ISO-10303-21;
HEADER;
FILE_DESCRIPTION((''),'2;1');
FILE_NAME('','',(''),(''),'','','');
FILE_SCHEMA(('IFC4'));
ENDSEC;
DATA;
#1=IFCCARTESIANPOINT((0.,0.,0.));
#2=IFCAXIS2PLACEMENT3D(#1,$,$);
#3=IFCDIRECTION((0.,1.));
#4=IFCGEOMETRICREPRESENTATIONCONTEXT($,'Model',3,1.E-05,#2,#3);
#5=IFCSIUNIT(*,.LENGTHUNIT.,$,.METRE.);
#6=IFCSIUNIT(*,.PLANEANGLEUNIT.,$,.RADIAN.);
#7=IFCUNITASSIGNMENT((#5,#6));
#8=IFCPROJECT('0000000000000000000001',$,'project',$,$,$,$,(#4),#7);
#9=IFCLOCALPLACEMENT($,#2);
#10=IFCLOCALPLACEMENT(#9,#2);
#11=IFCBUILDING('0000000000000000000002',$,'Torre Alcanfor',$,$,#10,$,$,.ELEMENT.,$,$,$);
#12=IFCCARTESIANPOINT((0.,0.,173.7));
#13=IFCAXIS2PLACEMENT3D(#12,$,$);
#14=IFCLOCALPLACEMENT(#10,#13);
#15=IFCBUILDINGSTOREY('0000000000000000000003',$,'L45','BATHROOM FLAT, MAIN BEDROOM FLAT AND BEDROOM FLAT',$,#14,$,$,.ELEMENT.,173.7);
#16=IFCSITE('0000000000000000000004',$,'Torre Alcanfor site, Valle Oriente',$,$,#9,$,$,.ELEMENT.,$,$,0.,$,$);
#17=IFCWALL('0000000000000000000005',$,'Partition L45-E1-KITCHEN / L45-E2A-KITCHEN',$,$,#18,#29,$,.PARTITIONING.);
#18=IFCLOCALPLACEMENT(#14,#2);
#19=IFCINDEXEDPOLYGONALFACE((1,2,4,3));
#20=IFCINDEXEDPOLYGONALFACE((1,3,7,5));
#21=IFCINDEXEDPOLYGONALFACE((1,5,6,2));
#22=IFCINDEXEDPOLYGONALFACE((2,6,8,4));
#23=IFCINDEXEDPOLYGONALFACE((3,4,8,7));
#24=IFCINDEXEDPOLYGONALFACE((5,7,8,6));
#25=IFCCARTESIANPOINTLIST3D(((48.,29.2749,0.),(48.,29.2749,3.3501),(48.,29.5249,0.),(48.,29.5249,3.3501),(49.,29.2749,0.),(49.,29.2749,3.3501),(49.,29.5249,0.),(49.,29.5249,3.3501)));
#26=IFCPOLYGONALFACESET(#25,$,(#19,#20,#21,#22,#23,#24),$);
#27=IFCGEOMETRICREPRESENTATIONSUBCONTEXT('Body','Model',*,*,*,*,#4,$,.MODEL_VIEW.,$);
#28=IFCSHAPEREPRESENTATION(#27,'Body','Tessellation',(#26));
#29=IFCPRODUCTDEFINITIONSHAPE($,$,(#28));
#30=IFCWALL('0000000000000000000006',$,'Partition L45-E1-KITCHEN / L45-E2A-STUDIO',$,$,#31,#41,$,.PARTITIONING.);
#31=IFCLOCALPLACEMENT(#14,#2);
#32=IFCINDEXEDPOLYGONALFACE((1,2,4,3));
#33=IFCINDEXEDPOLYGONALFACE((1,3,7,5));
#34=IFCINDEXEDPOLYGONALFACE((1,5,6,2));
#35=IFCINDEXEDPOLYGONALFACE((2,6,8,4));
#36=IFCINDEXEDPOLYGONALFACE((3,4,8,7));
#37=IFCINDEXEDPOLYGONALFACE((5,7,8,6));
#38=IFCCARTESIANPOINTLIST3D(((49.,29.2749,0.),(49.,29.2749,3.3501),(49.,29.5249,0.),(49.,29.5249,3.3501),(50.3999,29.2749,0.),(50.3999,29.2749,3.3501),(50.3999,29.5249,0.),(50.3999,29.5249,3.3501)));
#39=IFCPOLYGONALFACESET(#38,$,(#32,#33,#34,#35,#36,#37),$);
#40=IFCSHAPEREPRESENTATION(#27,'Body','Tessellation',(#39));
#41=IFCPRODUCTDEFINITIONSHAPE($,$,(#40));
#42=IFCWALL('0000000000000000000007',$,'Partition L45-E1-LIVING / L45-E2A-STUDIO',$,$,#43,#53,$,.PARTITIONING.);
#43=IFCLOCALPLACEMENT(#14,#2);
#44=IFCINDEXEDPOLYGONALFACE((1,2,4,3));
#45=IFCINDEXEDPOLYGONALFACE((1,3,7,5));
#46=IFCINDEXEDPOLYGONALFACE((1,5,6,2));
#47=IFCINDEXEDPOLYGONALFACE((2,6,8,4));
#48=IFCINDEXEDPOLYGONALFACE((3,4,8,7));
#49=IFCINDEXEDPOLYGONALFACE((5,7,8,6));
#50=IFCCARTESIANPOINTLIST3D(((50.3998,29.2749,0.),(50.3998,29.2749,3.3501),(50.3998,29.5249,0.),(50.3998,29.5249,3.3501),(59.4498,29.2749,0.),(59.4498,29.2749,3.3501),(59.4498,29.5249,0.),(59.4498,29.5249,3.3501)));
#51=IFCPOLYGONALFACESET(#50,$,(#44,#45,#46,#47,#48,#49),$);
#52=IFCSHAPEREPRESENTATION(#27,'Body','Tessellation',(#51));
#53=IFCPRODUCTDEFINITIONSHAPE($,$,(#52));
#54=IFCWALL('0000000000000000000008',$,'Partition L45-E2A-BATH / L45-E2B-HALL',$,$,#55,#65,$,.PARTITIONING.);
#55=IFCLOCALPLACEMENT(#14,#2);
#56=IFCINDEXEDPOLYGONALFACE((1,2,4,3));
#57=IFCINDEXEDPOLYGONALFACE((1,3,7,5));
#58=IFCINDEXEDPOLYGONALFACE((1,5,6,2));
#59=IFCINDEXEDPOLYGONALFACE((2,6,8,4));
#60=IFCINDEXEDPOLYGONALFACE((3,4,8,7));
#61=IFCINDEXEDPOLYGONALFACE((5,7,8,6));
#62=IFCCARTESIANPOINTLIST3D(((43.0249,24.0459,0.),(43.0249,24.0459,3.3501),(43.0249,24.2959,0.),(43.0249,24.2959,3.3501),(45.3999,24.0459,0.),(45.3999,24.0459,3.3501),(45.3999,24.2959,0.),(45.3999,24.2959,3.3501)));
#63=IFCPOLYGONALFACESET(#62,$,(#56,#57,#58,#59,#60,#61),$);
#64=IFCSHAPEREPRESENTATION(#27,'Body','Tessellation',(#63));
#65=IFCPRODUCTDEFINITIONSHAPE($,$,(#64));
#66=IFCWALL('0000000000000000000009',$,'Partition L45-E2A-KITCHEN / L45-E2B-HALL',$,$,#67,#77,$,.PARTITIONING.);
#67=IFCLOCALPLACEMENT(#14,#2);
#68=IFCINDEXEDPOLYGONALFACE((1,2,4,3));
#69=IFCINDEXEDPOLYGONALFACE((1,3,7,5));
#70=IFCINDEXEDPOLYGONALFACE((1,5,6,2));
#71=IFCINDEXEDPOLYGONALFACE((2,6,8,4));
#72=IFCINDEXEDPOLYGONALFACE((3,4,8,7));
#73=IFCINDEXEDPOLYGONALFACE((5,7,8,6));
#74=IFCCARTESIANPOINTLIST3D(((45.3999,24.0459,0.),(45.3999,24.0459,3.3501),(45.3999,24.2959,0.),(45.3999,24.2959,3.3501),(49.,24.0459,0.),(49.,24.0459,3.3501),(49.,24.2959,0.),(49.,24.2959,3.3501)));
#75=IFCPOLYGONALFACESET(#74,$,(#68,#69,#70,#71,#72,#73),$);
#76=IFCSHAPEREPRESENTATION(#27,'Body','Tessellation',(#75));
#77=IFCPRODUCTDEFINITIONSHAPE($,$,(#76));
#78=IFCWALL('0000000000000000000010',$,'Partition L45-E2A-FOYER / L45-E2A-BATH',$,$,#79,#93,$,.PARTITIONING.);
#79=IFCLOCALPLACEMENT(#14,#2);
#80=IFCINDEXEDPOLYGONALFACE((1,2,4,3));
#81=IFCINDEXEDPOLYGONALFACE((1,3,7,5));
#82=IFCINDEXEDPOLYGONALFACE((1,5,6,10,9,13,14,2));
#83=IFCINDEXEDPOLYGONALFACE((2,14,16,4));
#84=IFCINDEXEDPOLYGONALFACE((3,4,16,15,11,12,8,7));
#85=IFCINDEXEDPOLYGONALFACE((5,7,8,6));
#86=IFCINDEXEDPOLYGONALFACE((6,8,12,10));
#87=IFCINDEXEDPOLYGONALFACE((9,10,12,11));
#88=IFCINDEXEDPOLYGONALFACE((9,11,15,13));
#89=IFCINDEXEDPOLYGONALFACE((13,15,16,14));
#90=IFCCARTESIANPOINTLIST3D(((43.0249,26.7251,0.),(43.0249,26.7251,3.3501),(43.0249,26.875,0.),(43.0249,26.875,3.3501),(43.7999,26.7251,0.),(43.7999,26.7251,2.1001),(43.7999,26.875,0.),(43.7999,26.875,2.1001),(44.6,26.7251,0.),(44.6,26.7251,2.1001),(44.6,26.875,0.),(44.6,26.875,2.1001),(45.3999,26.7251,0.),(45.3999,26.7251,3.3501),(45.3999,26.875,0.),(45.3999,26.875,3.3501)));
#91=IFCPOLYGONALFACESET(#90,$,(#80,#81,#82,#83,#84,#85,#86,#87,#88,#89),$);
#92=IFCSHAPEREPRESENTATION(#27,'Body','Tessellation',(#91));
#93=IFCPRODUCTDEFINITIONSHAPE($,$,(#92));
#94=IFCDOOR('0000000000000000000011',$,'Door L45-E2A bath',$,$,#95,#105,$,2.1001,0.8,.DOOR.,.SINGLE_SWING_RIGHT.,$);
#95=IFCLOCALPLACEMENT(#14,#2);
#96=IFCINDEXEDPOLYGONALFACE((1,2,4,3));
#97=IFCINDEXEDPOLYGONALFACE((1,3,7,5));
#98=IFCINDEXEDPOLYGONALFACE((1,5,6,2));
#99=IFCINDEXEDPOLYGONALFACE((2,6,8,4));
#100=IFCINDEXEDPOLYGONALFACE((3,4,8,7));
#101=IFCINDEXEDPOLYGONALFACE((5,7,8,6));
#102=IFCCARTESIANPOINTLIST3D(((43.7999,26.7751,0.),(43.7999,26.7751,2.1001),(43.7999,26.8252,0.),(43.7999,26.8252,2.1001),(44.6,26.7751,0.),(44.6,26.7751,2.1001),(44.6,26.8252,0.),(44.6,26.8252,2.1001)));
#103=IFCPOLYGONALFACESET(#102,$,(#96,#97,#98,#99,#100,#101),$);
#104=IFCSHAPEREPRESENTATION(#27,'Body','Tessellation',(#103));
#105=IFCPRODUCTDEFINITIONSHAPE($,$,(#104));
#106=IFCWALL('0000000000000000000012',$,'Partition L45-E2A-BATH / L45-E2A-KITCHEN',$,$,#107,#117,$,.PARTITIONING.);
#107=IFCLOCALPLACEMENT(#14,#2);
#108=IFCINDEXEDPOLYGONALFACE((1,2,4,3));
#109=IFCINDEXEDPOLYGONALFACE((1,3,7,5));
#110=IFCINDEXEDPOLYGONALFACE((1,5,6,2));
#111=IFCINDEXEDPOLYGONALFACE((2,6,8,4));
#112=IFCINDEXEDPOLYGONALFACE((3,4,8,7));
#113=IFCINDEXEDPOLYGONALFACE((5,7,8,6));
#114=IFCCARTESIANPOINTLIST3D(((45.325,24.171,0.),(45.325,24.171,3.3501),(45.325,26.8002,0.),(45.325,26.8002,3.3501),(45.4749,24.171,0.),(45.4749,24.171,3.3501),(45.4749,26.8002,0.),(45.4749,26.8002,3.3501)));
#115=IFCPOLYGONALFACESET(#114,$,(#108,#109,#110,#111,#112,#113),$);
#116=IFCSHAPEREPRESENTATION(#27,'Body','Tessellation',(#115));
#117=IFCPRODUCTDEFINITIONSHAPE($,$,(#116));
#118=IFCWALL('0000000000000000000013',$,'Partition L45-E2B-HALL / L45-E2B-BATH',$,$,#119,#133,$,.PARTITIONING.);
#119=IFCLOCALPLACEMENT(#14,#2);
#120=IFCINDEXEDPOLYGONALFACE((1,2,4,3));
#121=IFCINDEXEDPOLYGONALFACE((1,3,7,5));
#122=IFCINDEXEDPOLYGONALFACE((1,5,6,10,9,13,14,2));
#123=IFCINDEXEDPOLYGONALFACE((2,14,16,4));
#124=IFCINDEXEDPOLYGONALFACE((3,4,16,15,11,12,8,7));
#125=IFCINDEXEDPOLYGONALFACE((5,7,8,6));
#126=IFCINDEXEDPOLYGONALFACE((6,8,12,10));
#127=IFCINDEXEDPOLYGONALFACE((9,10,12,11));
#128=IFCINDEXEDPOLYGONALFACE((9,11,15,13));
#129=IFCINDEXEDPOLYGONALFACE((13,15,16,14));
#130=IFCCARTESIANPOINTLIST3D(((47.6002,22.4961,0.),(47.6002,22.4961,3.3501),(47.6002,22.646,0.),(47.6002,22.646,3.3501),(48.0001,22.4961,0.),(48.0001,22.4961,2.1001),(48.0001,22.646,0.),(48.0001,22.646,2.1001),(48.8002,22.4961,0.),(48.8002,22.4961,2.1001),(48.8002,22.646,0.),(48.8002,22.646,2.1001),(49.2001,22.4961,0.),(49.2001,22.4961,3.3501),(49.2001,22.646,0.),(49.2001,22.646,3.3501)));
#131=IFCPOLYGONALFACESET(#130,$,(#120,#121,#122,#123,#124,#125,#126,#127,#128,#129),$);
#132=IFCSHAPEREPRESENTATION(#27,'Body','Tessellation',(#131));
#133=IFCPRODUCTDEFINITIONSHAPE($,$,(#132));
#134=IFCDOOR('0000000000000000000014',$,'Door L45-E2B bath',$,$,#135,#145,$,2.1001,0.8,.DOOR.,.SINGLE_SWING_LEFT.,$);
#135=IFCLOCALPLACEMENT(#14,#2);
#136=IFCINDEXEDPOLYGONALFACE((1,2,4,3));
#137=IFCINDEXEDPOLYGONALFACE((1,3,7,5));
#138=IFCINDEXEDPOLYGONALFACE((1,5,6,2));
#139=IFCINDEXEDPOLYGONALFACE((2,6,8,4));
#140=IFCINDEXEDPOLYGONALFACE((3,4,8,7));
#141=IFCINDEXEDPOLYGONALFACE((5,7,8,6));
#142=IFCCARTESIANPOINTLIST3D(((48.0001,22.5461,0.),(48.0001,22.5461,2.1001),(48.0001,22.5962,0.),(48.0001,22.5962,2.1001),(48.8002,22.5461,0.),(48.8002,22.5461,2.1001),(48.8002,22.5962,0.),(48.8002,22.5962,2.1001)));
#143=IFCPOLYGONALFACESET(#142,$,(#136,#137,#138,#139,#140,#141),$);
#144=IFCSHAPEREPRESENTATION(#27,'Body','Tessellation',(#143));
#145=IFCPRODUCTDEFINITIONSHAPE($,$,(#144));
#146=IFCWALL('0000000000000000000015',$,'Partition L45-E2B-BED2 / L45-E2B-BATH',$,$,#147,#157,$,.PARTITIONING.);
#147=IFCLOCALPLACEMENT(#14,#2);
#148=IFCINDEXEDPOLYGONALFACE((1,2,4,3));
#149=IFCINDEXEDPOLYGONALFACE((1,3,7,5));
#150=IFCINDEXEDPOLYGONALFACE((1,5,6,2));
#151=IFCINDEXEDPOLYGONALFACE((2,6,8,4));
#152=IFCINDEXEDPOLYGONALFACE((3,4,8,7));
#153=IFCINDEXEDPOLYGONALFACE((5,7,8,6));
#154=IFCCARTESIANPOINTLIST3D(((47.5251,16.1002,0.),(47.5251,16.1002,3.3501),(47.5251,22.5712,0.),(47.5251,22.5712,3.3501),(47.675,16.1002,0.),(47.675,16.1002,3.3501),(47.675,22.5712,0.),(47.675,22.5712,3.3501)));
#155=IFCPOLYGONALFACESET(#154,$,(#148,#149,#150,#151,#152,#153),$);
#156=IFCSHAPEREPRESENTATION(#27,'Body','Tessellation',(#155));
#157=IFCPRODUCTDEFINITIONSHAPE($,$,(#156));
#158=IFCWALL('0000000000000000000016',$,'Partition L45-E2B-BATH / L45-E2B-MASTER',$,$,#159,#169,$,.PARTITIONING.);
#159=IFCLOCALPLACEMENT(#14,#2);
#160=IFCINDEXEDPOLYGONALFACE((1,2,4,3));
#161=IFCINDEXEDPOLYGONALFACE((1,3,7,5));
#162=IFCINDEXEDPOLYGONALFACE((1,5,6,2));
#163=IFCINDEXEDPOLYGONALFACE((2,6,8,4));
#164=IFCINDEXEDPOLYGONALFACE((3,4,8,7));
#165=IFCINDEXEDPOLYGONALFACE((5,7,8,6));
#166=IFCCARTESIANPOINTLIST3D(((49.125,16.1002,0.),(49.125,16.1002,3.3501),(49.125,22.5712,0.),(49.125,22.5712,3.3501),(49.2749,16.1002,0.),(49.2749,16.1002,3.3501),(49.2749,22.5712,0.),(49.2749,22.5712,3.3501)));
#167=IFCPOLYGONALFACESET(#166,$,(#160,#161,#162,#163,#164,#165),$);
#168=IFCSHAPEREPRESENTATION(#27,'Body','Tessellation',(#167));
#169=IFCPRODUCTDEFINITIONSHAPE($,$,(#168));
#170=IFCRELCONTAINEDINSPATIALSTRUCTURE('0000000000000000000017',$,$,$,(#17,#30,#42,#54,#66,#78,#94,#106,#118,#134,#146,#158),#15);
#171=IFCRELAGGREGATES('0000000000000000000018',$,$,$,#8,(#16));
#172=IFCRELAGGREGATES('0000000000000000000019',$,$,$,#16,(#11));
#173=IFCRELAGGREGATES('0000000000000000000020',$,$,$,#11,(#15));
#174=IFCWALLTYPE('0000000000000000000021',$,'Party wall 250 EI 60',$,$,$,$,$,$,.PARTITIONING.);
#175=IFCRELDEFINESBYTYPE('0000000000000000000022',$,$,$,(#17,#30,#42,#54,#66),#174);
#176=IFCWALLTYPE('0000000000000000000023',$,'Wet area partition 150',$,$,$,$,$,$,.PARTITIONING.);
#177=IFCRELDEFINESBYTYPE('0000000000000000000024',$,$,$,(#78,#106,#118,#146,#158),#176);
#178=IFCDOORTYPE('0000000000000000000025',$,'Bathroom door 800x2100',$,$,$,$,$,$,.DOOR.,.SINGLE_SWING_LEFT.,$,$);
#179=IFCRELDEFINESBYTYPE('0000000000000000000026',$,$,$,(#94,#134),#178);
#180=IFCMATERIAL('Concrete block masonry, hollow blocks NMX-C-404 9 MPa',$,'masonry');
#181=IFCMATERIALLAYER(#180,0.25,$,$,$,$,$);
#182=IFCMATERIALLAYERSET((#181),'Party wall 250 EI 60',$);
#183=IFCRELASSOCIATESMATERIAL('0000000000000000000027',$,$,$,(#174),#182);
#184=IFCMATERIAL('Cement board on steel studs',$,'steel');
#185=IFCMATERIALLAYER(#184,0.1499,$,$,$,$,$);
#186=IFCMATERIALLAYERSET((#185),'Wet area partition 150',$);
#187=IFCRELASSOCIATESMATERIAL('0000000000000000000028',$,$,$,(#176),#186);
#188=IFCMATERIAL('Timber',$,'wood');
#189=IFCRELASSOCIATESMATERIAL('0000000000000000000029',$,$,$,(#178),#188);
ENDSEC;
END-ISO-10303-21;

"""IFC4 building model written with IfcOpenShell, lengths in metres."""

from ifc_helpers import new_model, si_unit, direction, frame, frame_2d, origin, place, context, subcontext, project, spatial, rectangle, extrude, material, layer, layer_set, type_object, element, fill, save


model = new_model("IFC4")

# Units and contexts
model_context = context("Model", 3, precision=1e-05, world=origin(), true_north=direction((0.0, 1.0)))
body_context = subcontext(model_context, "Body", "Model", "MODEL_VIEW")
ifc_project = project(units=[si_unit("LENGTHUNIT", "METRE"), si_unit("PLANEANGLEUNIT", "RADIAN")], contexts=[model_context])

# Site, building, storey
site_placement = place(None, origin())
site = spatial("IfcSite", under=ifc_project, at=site_placement, Name="Torre Alcanfor site, Valle Oriente", CompositionType="ELEMENT", RefElevation=0.0)
building_placement = place(site_placement, origin())
building = spatial("IfcBuilding", under=site, at=building_placement, Name="Torre Alcanfor", CompositionType="ELEMENT")
storey_placement = place(building_placement, frame((0.0, 0.0, 173.7)))
storey = spatial("IfcBuildingStorey", under=building, at=storey_placement, Name="L45", Description="BATHROOM FLAT, MAIN BEDROOM FLAT AND BEDROOM FLAT", CompositionType="ELEMENT", Elevation=173.7)

# Walls
ifc_material_1 = material(Name="Concrete block masonry, hollow blocks NMX-C-404 9 MPa", Category="masonry")
ifc_layer_1 = layer(ifc_material_1, 0.25)
ifc_layer_set_1 = layer_set([ifc_layer_1], Name="Party wall 250 EI 60")
wall_type_1 = type_object("IfcWallType", Name="Party wall 250 EI 60", PredefinedType="PARTITIONING", material=ifc_layer_set_1)
wall_1_placement = place(storey_placement, frame((48.0, 29.3999, 0.0), z_axis=(0.0, 0.0, 1.0), x_axis=(1.0, 0.0, 0.0)))
element("IfcWall", 1, at=wall_1_placement, inside=storey, type_object=wall_type_1, Name="Partition L45-E1-KITCHEN / L45-E2A-KITCHEN", PredefinedType="PARTITIONING", context=body_context, shape_type="SweptSolid", body=[
    extrude(rectangle(XDim=1.0, YDim=0.25, at=frame_2d((0.5, 0.0))), origin(), (0.0, 0.0, 1.0), 3.3501),
])
wall_2_placement = place(storey_placement, frame((49.0, 29.3999, 0.0), z_axis=(0.0, 0.0, 1.0), x_axis=(1.0, 0.0, 0.0)))
element("IfcWall", 2, at=wall_2_placement, inside=storey, type_object=wall_type_1, Name="Partition L45-E1-KITCHEN / L45-E2A-STUDIO", PredefinedType="PARTITIONING", context=body_context, shape_type="SweptSolid", body=[
    extrude(rectangle(XDim=1.3999, YDim=0.25, at=frame_2d((0.7, 0.0))), origin(), (0.0, 0.0, 1.0), 3.3501),
])
wall_3_placement = place(storey_placement, frame((50.3999, 29.3999, 0.0), z_axis=(0.0, 0.0, 1.0), x_axis=(1.0, 0.0, 0.0)))
element("IfcWall", 3, at=wall_3_placement, inside=storey, type_object=wall_type_1, Name="Partition L45-E1-LIVING / L45-E2A-STUDIO", PredefinedType="PARTITIONING", context=body_context, shape_type="SweptSolid", body=[
    extrude(rectangle(XDim=9.05, YDim=0.25, at=frame_2d((4.5249, 0.0))), origin(), (0.0, 0.0, 1.0), 3.3501),
])
wall_4_placement = place(storey_placement, frame((45.3999, 24.1709, 0.0), z_axis=(0.0, 0.0, 1.0), x_axis=(-1.0, 0.0, 0.0)))
element("IfcWall", 4, at=wall_4_placement, inside=storey, type_object=wall_type_1, Name="Partition L45-E2A-BATH / L45-E2B-HALL", PredefinedType="PARTITIONING", context=body_context, shape_type="SweptSolid", body=[
    extrude(rectangle(XDim=2.375, YDim=0.25, at=frame_2d((1.1875, 0.0))), origin(), (0.0, 0.0, 1.0), 3.3501),
])
wall_5_placement = place(storey_placement, frame((49.0, 24.1709, 0.0), z_axis=(0.0, 0.0, 1.0), x_axis=(-1.0, 0.0, 0.0)))
element("IfcWall", 5, at=wall_5_placement, inside=storey, type_object=wall_type_1, Name="Partition L45-E2A-KITCHEN / L45-E2B-HALL", PredefinedType="PARTITIONING", context=body_context, shape_type="SweptSolid", body=[
    extrude(rectangle(XDim=3.6001, YDim=0.25, at=frame_2d((1.8, 0.0))), origin(), (0.0, 0.0, 1.0), 3.3501),
])

# Wall, opening, door
ifc_material_2 = material(Name="Cement board on steel studs", Category="steel")
ifc_layer_2 = layer(ifc_material_2, 0.1499)
ifc_layer_set_2 = layer_set([ifc_layer_2], Name="Wet area partition 150")
wall_type_2 = type_object("IfcWallType", Name="Wet area partition 150", PredefinedType="PARTITIONING", material=ifc_layer_set_2)
wall_6_placement = place(storey_placement, frame((45.3999, 26.8, 0.0), z_axis=(0.0, 0.0, 1.0), x_axis=(-1.0, 0.0, 0.0)))
wall_6 = element("IfcWall", 6, at=wall_6_placement, inside=storey, type_object=wall_type_2, Name="Partition L45-E2A-FOYER / L45-E2A-BATH", PredefinedType="PARTITIONING", context=body_context, shape_type="SweptSolid", body=[
    extrude(rectangle(XDim=2.375, YDim=0.1499, at=frame_2d((1.1875, 0.0))), origin(), (0.0, 0.0, 1.0), 3.3501),
])
opening_1_placement = place(wall_6_placement, frame((0.8, 0.0, 0.0)))
opening_1 = element("IfcOpeningElement", 7, at=opening_1_placement, cuts=wall_6, PredefinedType="OPENING", context=body_context, shape_type="SweptSolid", body=[
    extrude(rectangle(XDim=0.8, YDim=2.1001, at=frame_2d((0.3999, 1.05))), frame((0.0, 0.085, 0.0), z_axis=(0.0, -1.0, 0.0), x_axis=(1.0, 0.0, 0.0)), (0.0, 0.0, 1.0), 0.1699),
])
ifc_material_3 = material(Name="Timber", Category="wood")
door_type_1 = type_object("IfcDoorType", Name="Bathroom door 800x2100", OperationType="SINGLE_SWING_LEFT", PredefinedType="DOOR", material=ifc_material_3)
door_1_placement = place(opening_1_placement, origin())
door_1 = element("IfcDoor", 8, at=door_1_placement, inside=storey, type_object=door_type_1, Name="Door L45-E2A bath", OperationType="SINGLE_SWING_RIGHT", OverallHeight=2.1001, OverallWidth=0.8, PredefinedType="DOOR", context=body_context, shape_type="SweptSolid", body=[
    extrude(rectangle(XDim=0.8, YDim=2.1001, at=frame_2d((0.3999, 1.05))), frame((0.0, 0.0249, 0.0), z_axis=(0.0, -1.0, 0.0), x_axis=(1.0, 0.0, 0.0)), (0.0, 0.0, 1.0), 0.05),
])
fill(opening_1, door_1)

# Wall
wall_7_placement = place(storey_placement, frame((45.3999, 26.8, 0.0), z_axis=(0.0, 0.0, 1.0), x_axis=(0.0, -1.0, 0.0)))
element("IfcWall", 9, at=wall_7_placement, inside=storey, type_object=wall_type_2, Name="Partition L45-E2A-BATH / L45-E2A-KITCHEN", PredefinedType="PARTITIONING", context=body_context, shape_type="SweptSolid", body=[
    extrude(rectangle(XDim=2.6292, YDim=0.1499, at=frame_2d((1.3145, 0.0))), origin(), (0.0, 0.0, 1.0), 3.3501),
])

# Wall, opening, door
wall_8_placement = place(storey_placement, frame((49.2, 22.571, 0.0), z_axis=(0.0, 0.0, 1.0), x_axis=(-1.0, 0.0, 0.0)))
wall_8 = element("IfcWall", 10, at=wall_8_placement, inside=storey, type_object=wall_type_2, Name="Partition L45-E2B-HALL / L45-E2B-BATH", PredefinedType="PARTITIONING", context=body_context, shape_type="SweptSolid", body=[
    extrude(rectangle(XDim=1.5999, YDim=0.1499, at=frame_2d((0.7998, 0.0))), origin(), (0.0, 0.0, 1.0), 3.3501),
])
opening_2_placement = place(wall_8_placement, frame((0.3999, 0.0, 0.0)))
opening_2 = element("IfcOpeningElement", 11, at=opening_2_placement, cuts=wall_8, PredefinedType="OPENING", context=body_context, shape_type="SweptSolid", body=[
    extrude(rectangle(XDim=0.8, YDim=2.1001, at=frame_2d((0.3999, 1.05))), frame((0.0, 0.085, 0.0), z_axis=(0.0, -1.0, 0.0), x_axis=(1.0, 0.0, 0.0)), (0.0, 0.0, 1.0), 0.1699),
])
door_2_placement = place(opening_2_placement, origin())
door_2 = element("IfcDoor", 12, at=door_2_placement, inside=storey, type_object=door_type_1, Name="Door L45-E2B bath", OperationType="SINGLE_SWING_LEFT", OverallHeight=2.1001, OverallWidth=0.8, PredefinedType="DOOR", context=body_context, shape_type="SweptSolid", body=[
    extrude(rectangle(XDim=0.8, YDim=2.1001, at=frame_2d((0.3999, 1.05))), frame((0.0, 0.0249, 0.0), z_axis=(0.0, -1.0, 0.0), x_axis=(1.0, 0.0, 0.0)), (0.0, 0.0, 1.0), 0.05),
])
fill(opening_2, door_2)

# Walls
for number, where, z_axis, x_axis, name in (
    (13, (47.6001, 22.571, 0.0), (0.0, 0.0, 1.0), (0.0, -1.0, 0.0), "Partition L45-E2B-BED2 / L45-E2B-BATH"),
    (14, (49.2, 22.571, 0.0), (0.0, 0.0, 1.0), (0.0, -1.0, 0.0), "Partition L45-E2B-BATH / L45-E2B-MASTER"),
):
    element("IfcWall", number, at=place(storey_placement, frame(where, z_axis=z_axis, x_axis=x_axis)), inside=storey, type_object=wall_type_2, Name=name, PredefinedType="PARTITIONING", context=body_context, shape_type="SweptSolid", body=[
        extrude(rectangle(XDim=6.4709, YDim=0.1499, at=frame_2d((3.2354, 0.0))), origin(), (0.0, 0.0, 1.0), 3.3501),
    ])

save(model, "model.ifc")
